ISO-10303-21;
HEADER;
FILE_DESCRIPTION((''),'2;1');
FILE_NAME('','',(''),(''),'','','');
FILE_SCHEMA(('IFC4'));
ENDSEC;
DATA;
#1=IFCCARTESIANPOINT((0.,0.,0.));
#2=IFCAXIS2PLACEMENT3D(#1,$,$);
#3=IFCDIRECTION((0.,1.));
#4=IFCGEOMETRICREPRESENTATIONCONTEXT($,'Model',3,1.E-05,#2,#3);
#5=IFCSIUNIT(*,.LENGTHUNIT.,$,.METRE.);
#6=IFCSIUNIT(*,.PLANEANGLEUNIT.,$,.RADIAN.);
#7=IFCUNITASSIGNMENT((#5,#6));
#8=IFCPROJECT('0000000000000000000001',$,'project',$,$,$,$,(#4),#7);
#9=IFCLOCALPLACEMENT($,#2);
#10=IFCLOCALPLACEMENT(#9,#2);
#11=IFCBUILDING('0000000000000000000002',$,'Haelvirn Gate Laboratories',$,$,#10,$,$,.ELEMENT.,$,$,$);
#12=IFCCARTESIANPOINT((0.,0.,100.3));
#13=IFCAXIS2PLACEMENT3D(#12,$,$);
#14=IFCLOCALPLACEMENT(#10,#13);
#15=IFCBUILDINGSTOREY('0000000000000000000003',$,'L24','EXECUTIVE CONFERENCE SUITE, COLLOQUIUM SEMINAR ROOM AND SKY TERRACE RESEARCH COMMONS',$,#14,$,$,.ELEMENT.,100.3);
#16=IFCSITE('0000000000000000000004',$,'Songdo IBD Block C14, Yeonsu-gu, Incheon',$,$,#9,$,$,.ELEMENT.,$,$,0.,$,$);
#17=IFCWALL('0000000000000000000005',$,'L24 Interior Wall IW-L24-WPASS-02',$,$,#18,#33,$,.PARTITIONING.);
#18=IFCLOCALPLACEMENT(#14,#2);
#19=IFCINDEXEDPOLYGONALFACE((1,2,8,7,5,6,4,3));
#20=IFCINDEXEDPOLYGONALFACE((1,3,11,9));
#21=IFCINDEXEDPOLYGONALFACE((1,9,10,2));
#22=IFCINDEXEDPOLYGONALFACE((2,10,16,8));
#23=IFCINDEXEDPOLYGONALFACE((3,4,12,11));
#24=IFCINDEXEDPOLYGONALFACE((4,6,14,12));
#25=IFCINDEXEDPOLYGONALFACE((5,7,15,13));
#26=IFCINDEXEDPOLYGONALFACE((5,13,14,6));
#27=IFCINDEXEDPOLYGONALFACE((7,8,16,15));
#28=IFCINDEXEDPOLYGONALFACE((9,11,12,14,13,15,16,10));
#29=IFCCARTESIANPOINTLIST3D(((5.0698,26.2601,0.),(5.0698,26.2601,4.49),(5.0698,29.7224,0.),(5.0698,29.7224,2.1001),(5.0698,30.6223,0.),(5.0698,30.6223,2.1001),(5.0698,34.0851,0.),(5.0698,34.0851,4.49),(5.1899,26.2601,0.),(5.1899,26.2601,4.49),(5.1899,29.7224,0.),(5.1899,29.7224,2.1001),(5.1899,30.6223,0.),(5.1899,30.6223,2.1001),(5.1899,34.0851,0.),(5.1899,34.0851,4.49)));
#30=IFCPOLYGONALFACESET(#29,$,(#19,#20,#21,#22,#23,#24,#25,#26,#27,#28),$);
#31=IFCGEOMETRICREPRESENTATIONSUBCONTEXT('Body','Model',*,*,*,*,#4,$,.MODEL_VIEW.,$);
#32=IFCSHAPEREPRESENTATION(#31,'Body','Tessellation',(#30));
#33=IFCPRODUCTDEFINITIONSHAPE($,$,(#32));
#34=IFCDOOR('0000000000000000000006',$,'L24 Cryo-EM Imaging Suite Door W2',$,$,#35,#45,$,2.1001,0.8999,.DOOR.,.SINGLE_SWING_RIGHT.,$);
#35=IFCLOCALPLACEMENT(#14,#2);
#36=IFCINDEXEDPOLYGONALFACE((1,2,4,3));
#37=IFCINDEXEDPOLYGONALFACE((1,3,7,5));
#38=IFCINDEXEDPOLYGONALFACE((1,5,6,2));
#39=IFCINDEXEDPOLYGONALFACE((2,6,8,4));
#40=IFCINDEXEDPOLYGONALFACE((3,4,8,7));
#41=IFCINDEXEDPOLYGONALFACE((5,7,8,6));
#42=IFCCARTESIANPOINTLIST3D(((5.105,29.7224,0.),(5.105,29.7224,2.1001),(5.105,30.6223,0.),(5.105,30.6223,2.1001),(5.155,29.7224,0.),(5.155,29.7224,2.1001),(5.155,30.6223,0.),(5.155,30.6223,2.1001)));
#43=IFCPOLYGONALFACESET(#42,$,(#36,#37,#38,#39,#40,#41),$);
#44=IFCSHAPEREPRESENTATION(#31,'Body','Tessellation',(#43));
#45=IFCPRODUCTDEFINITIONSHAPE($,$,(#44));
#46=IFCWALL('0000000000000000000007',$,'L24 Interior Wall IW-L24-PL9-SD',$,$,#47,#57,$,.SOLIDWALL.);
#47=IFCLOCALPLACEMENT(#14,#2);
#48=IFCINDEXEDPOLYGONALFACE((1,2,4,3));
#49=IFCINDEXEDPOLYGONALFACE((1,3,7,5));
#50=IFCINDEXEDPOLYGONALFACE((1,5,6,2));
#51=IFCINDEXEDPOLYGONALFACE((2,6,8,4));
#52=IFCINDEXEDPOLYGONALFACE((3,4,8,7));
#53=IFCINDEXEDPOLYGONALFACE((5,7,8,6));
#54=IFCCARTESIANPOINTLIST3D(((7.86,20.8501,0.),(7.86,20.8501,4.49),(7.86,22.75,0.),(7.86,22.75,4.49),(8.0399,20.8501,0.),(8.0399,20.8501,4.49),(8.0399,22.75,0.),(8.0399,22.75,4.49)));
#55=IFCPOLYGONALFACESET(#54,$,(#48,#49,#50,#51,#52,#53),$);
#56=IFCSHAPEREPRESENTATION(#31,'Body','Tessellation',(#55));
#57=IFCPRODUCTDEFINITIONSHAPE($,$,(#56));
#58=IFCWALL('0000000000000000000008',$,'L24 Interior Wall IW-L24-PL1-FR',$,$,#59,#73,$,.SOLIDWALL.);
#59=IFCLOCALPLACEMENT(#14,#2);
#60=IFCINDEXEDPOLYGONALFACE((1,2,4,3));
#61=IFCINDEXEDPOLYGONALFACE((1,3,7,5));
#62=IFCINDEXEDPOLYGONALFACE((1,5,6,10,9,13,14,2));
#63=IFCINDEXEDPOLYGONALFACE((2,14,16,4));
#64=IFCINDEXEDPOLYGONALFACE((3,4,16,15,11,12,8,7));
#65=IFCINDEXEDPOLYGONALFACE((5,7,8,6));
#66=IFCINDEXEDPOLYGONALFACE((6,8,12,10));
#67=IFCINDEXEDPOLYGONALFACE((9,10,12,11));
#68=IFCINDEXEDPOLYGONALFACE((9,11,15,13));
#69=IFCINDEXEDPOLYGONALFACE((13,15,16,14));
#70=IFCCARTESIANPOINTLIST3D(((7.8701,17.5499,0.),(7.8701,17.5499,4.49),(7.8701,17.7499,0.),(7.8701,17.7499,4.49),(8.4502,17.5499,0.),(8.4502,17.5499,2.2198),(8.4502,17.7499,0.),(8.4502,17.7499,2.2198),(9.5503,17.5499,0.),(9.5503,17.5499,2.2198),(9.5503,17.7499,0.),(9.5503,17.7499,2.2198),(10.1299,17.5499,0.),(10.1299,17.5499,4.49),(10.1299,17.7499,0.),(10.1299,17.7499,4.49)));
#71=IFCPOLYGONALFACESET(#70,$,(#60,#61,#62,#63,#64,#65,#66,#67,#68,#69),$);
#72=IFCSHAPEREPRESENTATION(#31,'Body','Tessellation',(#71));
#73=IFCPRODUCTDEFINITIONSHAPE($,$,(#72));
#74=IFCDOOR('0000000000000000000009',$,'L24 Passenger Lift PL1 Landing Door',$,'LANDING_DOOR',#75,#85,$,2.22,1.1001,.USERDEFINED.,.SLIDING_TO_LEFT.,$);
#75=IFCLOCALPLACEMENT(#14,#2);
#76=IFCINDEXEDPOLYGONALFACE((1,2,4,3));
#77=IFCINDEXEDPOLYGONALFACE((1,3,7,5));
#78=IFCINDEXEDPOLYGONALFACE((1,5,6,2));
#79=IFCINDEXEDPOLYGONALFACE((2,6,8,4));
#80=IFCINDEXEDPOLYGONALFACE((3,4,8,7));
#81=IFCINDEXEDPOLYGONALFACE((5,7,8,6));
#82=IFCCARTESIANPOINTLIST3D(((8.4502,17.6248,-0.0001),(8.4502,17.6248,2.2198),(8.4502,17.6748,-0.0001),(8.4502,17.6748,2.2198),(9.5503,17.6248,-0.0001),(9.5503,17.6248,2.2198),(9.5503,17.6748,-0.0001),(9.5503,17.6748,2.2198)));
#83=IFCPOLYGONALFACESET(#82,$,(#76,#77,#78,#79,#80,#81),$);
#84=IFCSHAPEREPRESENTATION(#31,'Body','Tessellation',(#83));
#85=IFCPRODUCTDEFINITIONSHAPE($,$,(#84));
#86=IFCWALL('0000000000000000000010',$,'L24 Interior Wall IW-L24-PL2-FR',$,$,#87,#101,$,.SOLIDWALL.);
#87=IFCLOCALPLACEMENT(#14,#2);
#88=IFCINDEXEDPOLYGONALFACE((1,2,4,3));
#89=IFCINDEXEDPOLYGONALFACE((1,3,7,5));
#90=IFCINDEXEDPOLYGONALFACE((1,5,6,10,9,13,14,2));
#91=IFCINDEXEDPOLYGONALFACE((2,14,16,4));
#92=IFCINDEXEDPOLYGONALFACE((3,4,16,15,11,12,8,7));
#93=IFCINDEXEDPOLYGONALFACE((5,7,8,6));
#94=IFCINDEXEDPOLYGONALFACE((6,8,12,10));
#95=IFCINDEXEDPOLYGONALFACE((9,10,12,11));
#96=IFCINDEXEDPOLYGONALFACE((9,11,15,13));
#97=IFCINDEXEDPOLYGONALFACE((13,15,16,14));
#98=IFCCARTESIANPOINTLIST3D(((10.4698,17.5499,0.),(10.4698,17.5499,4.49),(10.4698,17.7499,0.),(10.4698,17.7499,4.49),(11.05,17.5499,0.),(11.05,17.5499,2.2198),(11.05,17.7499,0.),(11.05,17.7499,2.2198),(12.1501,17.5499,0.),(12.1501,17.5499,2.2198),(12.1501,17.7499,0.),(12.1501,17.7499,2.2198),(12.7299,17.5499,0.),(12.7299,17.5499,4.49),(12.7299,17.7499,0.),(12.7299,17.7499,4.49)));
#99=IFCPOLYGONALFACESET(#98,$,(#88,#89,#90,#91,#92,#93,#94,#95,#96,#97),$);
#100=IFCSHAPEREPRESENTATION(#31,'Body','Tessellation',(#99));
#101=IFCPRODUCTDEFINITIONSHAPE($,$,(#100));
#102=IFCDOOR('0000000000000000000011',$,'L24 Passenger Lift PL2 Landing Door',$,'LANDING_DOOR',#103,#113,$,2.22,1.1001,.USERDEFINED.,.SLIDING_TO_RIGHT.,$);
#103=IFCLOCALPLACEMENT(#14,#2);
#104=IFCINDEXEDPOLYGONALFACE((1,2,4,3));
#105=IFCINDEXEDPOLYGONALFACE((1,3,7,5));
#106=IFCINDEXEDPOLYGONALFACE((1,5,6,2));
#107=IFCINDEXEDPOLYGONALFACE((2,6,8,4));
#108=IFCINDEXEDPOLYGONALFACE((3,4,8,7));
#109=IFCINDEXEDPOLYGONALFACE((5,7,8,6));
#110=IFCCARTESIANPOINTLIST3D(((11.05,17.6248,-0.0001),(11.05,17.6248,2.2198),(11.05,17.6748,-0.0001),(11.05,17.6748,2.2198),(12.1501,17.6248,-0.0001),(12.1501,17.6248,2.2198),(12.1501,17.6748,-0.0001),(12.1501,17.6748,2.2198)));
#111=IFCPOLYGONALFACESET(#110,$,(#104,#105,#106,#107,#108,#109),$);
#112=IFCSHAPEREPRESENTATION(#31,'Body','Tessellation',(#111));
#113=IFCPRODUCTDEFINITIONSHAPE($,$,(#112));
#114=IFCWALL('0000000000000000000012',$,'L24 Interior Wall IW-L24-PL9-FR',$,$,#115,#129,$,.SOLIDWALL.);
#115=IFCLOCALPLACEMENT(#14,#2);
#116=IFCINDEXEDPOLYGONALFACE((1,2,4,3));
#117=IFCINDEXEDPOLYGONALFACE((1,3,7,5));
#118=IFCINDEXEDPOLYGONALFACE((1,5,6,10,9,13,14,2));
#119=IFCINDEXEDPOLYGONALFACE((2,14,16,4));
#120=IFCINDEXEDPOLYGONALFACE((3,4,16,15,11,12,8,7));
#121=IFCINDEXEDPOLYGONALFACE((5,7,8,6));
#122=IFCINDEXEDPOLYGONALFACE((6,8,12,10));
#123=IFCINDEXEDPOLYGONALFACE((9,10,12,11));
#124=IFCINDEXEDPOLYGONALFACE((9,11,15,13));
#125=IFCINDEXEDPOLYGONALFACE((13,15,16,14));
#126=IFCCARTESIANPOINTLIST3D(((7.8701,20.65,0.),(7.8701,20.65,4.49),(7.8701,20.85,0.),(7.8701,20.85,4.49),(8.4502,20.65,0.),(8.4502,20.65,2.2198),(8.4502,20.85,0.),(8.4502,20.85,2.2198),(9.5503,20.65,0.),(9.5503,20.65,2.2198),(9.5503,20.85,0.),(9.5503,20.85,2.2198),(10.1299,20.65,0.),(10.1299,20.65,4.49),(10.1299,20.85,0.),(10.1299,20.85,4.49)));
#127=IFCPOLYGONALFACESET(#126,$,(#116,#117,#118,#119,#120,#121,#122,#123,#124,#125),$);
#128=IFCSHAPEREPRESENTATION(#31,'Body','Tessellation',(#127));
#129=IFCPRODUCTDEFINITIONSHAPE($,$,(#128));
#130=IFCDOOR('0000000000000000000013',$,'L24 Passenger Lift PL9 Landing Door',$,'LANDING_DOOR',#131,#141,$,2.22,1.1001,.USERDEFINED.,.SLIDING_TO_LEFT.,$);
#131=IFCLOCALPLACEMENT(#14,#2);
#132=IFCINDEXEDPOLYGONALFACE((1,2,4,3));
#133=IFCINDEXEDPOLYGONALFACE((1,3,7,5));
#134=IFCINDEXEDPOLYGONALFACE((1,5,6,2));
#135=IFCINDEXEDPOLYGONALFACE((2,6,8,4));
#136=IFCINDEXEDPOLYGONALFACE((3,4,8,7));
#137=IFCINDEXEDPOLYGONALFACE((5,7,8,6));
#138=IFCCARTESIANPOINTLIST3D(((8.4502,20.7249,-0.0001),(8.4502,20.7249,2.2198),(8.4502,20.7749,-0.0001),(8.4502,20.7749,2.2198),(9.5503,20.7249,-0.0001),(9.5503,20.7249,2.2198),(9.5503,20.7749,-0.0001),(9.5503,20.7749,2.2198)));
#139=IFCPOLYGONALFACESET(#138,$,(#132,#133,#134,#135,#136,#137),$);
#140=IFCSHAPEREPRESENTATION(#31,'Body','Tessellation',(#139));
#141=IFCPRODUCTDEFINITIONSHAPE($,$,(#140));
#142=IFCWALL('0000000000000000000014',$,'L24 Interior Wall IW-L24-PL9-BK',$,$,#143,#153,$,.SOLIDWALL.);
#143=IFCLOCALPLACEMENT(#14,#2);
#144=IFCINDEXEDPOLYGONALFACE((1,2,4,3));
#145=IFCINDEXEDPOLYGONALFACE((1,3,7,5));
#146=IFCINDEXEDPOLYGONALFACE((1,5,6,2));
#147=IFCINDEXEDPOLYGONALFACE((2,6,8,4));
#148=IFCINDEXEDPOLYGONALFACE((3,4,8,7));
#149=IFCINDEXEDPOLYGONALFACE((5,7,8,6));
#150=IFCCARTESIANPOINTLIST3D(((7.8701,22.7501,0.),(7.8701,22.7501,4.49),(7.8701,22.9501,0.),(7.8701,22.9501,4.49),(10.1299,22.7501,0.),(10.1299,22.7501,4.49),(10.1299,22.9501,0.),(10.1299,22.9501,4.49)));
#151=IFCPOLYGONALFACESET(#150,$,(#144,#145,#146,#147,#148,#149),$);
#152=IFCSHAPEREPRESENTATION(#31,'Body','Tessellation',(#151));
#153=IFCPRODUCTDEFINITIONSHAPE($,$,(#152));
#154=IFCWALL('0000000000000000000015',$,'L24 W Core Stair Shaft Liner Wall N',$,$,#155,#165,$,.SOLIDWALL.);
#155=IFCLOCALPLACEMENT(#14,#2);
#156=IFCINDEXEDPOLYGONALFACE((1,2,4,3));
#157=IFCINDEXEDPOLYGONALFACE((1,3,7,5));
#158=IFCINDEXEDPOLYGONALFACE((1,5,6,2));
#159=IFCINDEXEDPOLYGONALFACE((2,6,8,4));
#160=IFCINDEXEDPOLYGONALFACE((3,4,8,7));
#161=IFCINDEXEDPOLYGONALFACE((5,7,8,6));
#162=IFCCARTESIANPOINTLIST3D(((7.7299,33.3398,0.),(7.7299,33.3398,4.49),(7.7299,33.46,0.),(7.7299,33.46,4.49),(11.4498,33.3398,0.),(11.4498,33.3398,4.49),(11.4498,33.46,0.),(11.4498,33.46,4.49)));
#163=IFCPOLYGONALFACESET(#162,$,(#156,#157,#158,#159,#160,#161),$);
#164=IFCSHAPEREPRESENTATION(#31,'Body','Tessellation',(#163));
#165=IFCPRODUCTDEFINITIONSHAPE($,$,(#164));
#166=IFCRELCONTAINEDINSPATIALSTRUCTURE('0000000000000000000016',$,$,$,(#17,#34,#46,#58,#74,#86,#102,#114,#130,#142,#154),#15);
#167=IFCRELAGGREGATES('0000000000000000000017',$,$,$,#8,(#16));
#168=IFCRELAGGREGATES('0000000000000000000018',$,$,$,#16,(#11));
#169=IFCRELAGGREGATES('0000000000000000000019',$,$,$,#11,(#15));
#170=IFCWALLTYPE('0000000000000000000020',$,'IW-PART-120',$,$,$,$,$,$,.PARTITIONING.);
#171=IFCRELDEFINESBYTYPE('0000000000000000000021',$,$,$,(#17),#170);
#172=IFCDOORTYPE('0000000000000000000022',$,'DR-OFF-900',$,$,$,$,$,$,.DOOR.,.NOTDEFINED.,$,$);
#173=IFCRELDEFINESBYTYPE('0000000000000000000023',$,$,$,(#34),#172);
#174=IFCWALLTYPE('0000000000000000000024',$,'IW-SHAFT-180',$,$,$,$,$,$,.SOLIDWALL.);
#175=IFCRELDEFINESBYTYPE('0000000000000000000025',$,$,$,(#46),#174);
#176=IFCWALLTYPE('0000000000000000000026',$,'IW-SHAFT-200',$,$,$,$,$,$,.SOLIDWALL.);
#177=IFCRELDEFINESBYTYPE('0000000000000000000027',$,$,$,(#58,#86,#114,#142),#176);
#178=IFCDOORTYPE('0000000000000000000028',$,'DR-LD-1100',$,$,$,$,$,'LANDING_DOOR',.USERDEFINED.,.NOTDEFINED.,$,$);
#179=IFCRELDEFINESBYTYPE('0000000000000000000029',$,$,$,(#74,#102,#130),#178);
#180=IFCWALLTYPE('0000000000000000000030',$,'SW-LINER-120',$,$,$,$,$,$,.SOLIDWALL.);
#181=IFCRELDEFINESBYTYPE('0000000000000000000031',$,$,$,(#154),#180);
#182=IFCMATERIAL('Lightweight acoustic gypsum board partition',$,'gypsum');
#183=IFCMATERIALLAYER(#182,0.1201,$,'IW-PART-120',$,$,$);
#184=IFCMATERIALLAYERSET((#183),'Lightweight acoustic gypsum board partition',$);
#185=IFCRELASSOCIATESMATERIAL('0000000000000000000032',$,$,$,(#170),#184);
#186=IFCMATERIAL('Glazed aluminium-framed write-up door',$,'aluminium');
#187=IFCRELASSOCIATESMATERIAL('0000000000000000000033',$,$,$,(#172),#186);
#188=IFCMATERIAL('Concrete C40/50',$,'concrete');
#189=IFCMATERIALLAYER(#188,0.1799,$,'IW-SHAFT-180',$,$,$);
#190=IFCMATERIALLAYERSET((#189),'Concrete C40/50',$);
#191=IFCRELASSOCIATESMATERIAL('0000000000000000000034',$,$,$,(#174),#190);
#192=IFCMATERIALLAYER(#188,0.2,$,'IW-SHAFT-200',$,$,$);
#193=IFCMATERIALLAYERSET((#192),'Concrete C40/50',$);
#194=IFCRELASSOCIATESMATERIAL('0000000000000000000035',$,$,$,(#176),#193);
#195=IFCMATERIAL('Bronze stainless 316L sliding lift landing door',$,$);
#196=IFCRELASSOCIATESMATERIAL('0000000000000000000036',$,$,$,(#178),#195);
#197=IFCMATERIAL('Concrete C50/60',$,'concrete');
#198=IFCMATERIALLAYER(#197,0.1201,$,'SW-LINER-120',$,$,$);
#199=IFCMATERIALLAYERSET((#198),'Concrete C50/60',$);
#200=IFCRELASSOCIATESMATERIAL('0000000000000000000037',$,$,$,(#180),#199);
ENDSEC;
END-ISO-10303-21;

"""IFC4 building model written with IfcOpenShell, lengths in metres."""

from ifc_helpers import new_model, si_unit, direction, frame, frame_2d, origin, place, context, subcontext, project, spatial, rectangle, extrude, source, transform, mapped, material, layer, layer_set, type_object, type_shapes, element, fill, save


model = new_model("IFC4")

# Units and contexts
model_context = context("Model", 3, precision=1e-05, world=origin(), true_north=direction((0.0, 1.0)))
body_context = subcontext(model_context, "Body", "Model", "MODEL_VIEW")
ifc_project = project(units=[si_unit("LENGTHUNIT", "METRE"), si_unit("PLANEANGLEUNIT", "RADIAN")], contexts=[model_context])

# Site, building, storey
site_placement = place(None, origin())
site = spatial("IfcSite", under=ifc_project, at=site_placement, Name="Songdo IBD Block C14, Yeonsu-gu, Incheon", CompositionType="ELEMENT", RefElevation=0.0)
building_placement = place(site_placement, origin())
building = spatial("IfcBuilding", under=site, at=building_placement, Name="Haelvirn Gate Laboratories", CompositionType="ELEMENT")
storey_placement = place(building_placement, frame((0.0, 0.0, 100.3)))
storey = spatial("IfcBuildingStorey", under=building, at=storey_placement, Name="L24", Description="EXECUTIVE CONFERENCE SUITE, COLLOQUIUM SEMINAR ROOM AND SKY TERRACE RESEARCH COMMONS", CompositionType="ELEMENT", Elevation=100.3)

# Shared definitions
ifc_material_1 = material(Name="Lightweight acoustic gypsum board partition", Category="gypsum")
ifc_layer_1 = layer(ifc_material_1, 0.1201, Name="IW-PART-120")
ifc_layer_set_1 = layer_set([ifc_layer_1], Name="Lightweight acoustic gypsum board partition")
wall_type_1 = type_object("IfcWallType", Name="IW-PART-120", PredefinedType="PARTITIONING", material=ifc_layer_set_1)

# Wall, opening, door
wall_1_placement = place(storey_placement, frame((5.1299, 26.26, 0.0), z_axis=(0.0, 0.0, 1.0), x_axis=(0.0, 1.0, 0.0)))
wall_1 = element("IfcWall", 1, at=wall_1_placement, inside=storey, type_object=wall_type_1, Name="L24 Interior Wall IW-L24-WPASS-02", PredefinedType="PARTITIONING", context=body_context, shape_type="SweptSolid", body=[
    extrude(rectangle(XDim=7.825, YDim=0.1201, at=frame_2d((3.9126, 0.0))), origin(), (0.0, 0.0, 1.0), 4.49),
])
opening_1_placement = place(wall_1_placement, frame((3.4624, 0.0, 0.0)))
opening_1 = element("IfcOpeningElement", 2, at=opening_1_placement, cuts=wall_1, PredefinedType="OPENING", context=body_context, shape_type="SweptSolid", body=[
    extrude(rectangle(XDim=0.8999, YDim=2.1001, at=frame_2d((0.45, 1.05))), frame((0.0, 0.0701, 0.0), z_axis=(0.0, -1.0, 0.0), x_axis=(1.0, 0.0, 0.0)), (0.0, 0.0, 1.0), 0.1401),
])
ifc_material_2 = material(Name="Glazed aluminium-framed write-up door", Category="aluminium")
door_type_1 = type_object("IfcDoorType", Name="DR-OFF-900", OperationType="NOTDEFINED", PredefinedType="DOOR", material=ifc_material_2)
shared_shape_1 = source(origin(), body_context, "Body", "SweptSolid", [
    extrude(rectangle(XDim=0.8999, YDim=2.1001, at=frame_2d((0.45, 1.05))), frame((0.0, 0.0249, 0.0), z_axis=(0.0, -1.0, 0.0), x_axis=(1.0, 0.0, 0.0)), (0.0, 0.0, 1.0), 0.05),
])
type_shapes(door_type_1, [shared_shape_1])
door_1_placement = place(opening_1_placement, origin())
door_1 = element("IfcDoor", 3, at=door_1_placement, inside=storey, type_object=door_type_1, Name="L24 Cryo-EM Imaging Suite Door W2", OperationType="SINGLE_SWING_RIGHT", OverallHeight=2.1001, OverallWidth=0.8999, PredefinedType="DOOR", context=body_context, shape_type="MappedRepresentation", body=[
    mapped(shared_shape_1, transform((0.0, 0.0, 0.0), scale=1.0)),
])
fill(opening_1, door_1)

# Wall
ifc_material_3 = material(Name="Concrete C40/50", Category="concrete")
ifc_layer_2 = layer(ifc_material_3, 0.1799, Name="IW-SHAFT-180")
ifc_layer_set_2 = layer_set([ifc_layer_2], Name="Concrete C40/50")
wall_type_2 = type_object("IfcWallType", Name="IW-SHAFT-180", PredefinedType="SOLIDWALL", material=ifc_layer_set_2)
wall_2_placement = place(storey_placement, frame((7.95, 20.8501, 0.0), z_axis=(0.0, 0.0, 1.0), x_axis=(0.0, 1.0, 0.0)))
element("IfcWall", 4, at=wall_2_placement, inside=storey, type_object=wall_type_2, Name="L24 Interior Wall IW-L24-PL9-SD", PredefinedType="SOLIDWALL", context=body_context, shape_type="SweptSolid", body=[
    extrude(rectangle(XDim=1.8999, YDim=0.1799, at=frame_2d((0.95, 0.0))), origin(), (0.0, 0.0, 1.0), 4.49),
])

# Walls, openings, doors
ifc_layer_3 = layer(ifc_material_3, 0.2, Name="IW-SHAFT-200")
ifc_layer_set_3 = layer_set([ifc_layer_3], Name="Concrete C40/50")
wall_type_3 = type_object("IfcWallType", Name="IW-SHAFT-200", PredefinedType="SOLIDWALL", material=ifc_layer_set_3)
wall_3_placement = place(storey_placement, frame((7.8701, 17.6499, 0.0), z_axis=(0.0, 0.0, 1.0), x_axis=(1.0, 0.0, 0.0)))
wall_3 = element("IfcWall", 5, at=wall_3_placement, inside=storey, type_object=wall_type_3, Name="L24 Interior Wall IW-L24-PL1-FR", PredefinedType="SOLIDWALL", context=body_context, shape_type="SweptSolid", body=[
    extrude(rectangle(XDim=2.2598, YDim=0.2, at=frame_2d((1.1299, 0.0))), origin(), (0.0, 0.0, 1.0), 4.49),
])
opening_2_placement = place(wall_3_placement, frame((0.5801, 0.0, 0.0)))
opening_2 = element("IfcOpeningElement", 6, at=opening_2_placement, cuts=wall_3, PredefinedType="OPENING", context=body_context, shape_type="SweptSolid", body=[
    extrude(rectangle(XDim=1.1001, YDim=2.22, at=frame_2d((0.55, 1.1099))), frame((0.0, 0.1099, 0.0), z_axis=(0.0, -1.0, 0.0), x_axis=(1.0, 0.0, 0.0)), (0.0, 0.0, 1.0), 0.22),
])
ifc_material_4 = material(Name="Bronze stainless 316L sliding lift landing door")
door_type_2 = type_object("IfcDoorType", Name="DR-LD-1100", ElementType="LANDING_DOOR", OperationType="NOTDEFINED", PredefinedType="USERDEFINED", material=ifc_material_4)
shared_shape_2 = source(origin(), body_context, "Body", "SweptSolid", [
    extrude(rectangle(XDim=1.1001, YDim=2.22, at=frame_2d((0.55, 1.1099))), frame((0.0, 0.0249, 0.0), z_axis=(0.0, -1.0, 0.0), x_axis=(1.0, 0.0, 0.0)), (0.0, 0.0, 1.0), 0.05),
])
type_shapes(door_type_2, [shared_shape_2])
door_2_placement = place(opening_2_placement, origin())
door_2 = element("IfcDoor", 7, at=door_2_placement, inside=storey, type_object=door_type_2, Name="L24 Passenger Lift PL1 Landing Door", ObjectType="LANDING_DOOR", OperationType="SLIDING_TO_LEFT", OverallHeight=2.22, OverallWidth=1.1001, PredefinedType="USERDEFINED", context=body_context, shape_type="MappedRepresentation", body=[
    mapped(shared_shape_2, transform((0.0, 0.0, 0.0), scale=1.0)),
])
fill(opening_2, door_2)
wall_4_placement = place(storey_placement, frame((10.47, 17.6499, 0.0), z_axis=(0.0, 0.0, 1.0), x_axis=(1.0, 0.0, 0.0)))
wall_4 = element("IfcWall", 8, at=wall_4_placement, inside=storey, type_object=wall_type_3, Name="L24 Interior Wall IW-L24-PL2-FR", PredefinedType="SOLIDWALL", context=body_context, shape_type="SweptSolid", body=[
    extrude(rectangle(XDim=2.26, YDim=0.2, at=frame_2d((1.1299, 0.0))), origin(), (0.0, 0.0, 1.0), 4.49),
])
opening_3_placement = place(wall_4_placement, frame((0.5801, 0.0, 0.0)))
opening_3 = element("IfcOpeningElement", 9, at=opening_3_placement, cuts=wall_4, PredefinedType="OPENING", context=body_context, shape_type="SweptSolid", body=[
    extrude(rectangle(XDim=1.1001, YDim=2.22, at=frame_2d((0.55, 1.1099))), frame((0.0, 0.1099, 0.0), z_axis=(0.0, -1.0, 0.0), x_axis=(1.0, 0.0, 0.0)), (0.0, 0.0, 1.0), 0.22),
])
door_3_placement = place(opening_3_placement, origin())
door_3 = element("IfcDoor", 10, at=door_3_placement, inside=storey, type_object=door_type_2, Name="L24 Passenger Lift PL2 Landing Door", ObjectType="LANDING_DOOR", OperationType="SLIDING_TO_RIGHT", OverallHeight=2.22, OverallWidth=1.1001, PredefinedType="USERDEFINED", context=body_context, shape_type="MappedRepresentation", body=[
    mapped(shared_shape_2, transform((0.0, 0.0, 0.0), scale=1.0)),
])
fill(opening_3, door_3)
wall_5_placement = place(storey_placement, frame((7.8701, 20.75, 0.0), z_axis=(0.0, 0.0, 1.0), x_axis=(1.0, 0.0, 0.0)))
wall_5 = element("IfcWall", 11, at=wall_5_placement, inside=storey, type_object=wall_type_3, Name="L24 Interior Wall IW-L24-PL9-FR", PredefinedType="SOLIDWALL", context=body_context, shape_type="SweptSolid", body=[
    extrude(rectangle(XDim=2.2598, YDim=0.2, at=frame_2d((1.1299, 0.0))), origin(), (0.0, 0.0, 1.0), 4.49),
])
opening_4_placement = place(wall_5_placement, frame((0.5801, 0.0, 0.0)))
opening_4 = element("IfcOpeningElement", 12, at=opening_4_placement, cuts=wall_5, PredefinedType="OPENING", context=body_context, shape_type="SweptSolid", body=[
    extrude(rectangle(XDim=1.1001, YDim=2.22, at=frame_2d((0.55, 1.1099))), frame((0.0, 0.1099, 0.0), z_axis=(0.0, -1.0, 0.0), x_axis=(1.0, 0.0, 0.0)), (0.0, 0.0, 1.0), 0.22),
])
door_4_placement = place(opening_4_placement, origin())
door_4 = element("IfcDoor", 13, at=door_4_placement, inside=storey, type_object=door_type_2, Name="L24 Passenger Lift PL9 Landing Door", ObjectType="LANDING_DOOR", OperationType="SLIDING_TO_LEFT", OverallHeight=2.22, OverallWidth=1.1001, PredefinedType="USERDEFINED", context=body_context, shape_type="MappedRepresentation", body=[
    mapped(shared_shape_2, transform((0.0, 0.0, 0.0), scale=1.0)),
])
fill(opening_4, door_4)

# Walls
wall_6_placement = place(storey_placement, frame((7.8701, 22.8501, 0.0), z_axis=(0.0, 0.0, 1.0), x_axis=(1.0, 0.0, 0.0)))
element("IfcWall", 14, at=wall_6_placement, inside=storey, type_object=wall_type_3, Name="L24 Interior Wall IW-L24-PL9-BK", PredefinedType="SOLIDWALL", context=body_context, shape_type="SweptSolid", body=[
    extrude(rectangle(XDim=2.2598, YDim=0.2, at=frame_2d((1.1299, 0.0))), origin(), (0.0, 0.0, 1.0), 4.49),
])
ifc_material_5 = material(Name="Concrete C50/60", Category="concrete")
ifc_layer_4 = layer(ifc_material_5, 0.1201, Name="SW-LINER-120")
ifc_layer_set_4 = layer_set([ifc_layer_4], Name="Concrete C50/60")
wall_type_4 = type_object("IfcWallType", Name="SW-LINER-120", PredefinedType="SOLIDWALL", material=ifc_layer_set_4)
wall_7_placement = place(storey_placement, frame((7.73, 33.3999, 0.0), z_axis=(0.0, 0.0, 1.0), x_axis=(1.0, 0.0, 0.0)))
element("IfcWall", 15, at=wall_7_placement, inside=storey, type_object=wall_type_4, Name="L24 W Core Stair Shaft Liner Wall N", PredefinedType="SOLIDWALL", context=body_context, shape_type="SweptSolid", body=[
    extrude(rectangle(XDim=3.72, YDim=0.1201, at=frame_2d((1.8599, 0.0))), origin(), (0.0, 0.0, 1.0), 4.49),
])

save(model, "model.ifc")
